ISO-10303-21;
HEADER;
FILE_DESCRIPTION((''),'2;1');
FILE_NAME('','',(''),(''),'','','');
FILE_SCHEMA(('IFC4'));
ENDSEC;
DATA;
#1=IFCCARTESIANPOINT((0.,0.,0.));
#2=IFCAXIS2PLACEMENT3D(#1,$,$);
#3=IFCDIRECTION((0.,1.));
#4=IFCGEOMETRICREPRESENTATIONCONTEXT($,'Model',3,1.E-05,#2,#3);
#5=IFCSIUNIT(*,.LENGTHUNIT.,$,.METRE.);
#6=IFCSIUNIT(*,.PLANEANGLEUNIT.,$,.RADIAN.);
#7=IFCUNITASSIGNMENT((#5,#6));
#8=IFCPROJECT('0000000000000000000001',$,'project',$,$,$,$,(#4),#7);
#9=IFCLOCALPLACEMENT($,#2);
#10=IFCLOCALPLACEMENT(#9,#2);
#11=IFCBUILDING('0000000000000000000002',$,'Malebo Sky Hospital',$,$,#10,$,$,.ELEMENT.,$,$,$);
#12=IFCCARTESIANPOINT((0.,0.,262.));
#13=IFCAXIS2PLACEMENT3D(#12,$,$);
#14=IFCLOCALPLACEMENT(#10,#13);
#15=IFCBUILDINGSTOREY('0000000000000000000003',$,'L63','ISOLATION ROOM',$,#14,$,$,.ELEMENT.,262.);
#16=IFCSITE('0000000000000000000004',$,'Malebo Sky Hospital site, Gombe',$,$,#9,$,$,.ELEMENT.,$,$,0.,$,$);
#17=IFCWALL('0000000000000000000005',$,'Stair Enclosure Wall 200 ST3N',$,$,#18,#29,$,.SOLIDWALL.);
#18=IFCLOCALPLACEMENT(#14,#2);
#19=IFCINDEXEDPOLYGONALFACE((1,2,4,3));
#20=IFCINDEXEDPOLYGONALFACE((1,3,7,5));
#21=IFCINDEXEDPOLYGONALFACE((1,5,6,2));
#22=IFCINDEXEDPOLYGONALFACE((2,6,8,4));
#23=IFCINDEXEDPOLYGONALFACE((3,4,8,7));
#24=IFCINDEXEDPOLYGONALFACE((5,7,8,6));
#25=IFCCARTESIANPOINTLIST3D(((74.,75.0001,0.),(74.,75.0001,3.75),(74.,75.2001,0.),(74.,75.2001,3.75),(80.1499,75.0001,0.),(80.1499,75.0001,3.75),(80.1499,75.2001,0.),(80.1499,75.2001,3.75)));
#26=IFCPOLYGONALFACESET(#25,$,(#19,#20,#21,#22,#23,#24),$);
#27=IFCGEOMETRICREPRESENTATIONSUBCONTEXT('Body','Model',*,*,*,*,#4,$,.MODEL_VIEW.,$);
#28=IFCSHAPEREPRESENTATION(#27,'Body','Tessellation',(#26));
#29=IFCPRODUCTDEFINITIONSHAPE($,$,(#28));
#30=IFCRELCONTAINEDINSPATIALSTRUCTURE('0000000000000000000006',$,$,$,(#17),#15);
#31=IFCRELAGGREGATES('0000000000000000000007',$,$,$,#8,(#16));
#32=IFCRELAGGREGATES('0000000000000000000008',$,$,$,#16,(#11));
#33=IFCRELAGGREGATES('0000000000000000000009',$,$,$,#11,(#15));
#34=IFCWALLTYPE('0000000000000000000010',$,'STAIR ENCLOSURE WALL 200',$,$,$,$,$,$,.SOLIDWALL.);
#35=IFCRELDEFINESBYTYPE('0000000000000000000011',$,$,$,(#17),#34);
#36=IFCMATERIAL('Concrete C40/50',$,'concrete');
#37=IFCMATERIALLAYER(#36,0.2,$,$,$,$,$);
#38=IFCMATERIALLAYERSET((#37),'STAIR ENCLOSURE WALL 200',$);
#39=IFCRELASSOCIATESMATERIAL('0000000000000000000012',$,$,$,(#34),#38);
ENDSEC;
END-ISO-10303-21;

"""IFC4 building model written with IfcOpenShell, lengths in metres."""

from ifc_helpers import new_model, si_unit, direction, frame, frame_2d, origin, place, context, subcontext, project, spatial, rectangle, extrude, material, layer, layer_set, type_object, element, save


model = new_model("IFC4")

# Units and contexts
model_context = context("Model", 3, precision=1e-05, world=origin(), true_north=direction((0.0, 1.0)))
body_context = subcontext(model_context, "Body", "Model", "MODEL_VIEW")
ifc_project = project(units=[si_unit("LENGTHUNIT", "METRE"), si_unit("PLANEANGLEUNIT", "RADIAN")], contexts=[model_context])

# Site, building, storey
site_placement = place(None, origin())
site = spatial("IfcSite", under=ifc_project, at=site_placement, Name="Malebo Sky Hospital site, Gombe", CompositionType="ELEMENT", RefElevation=0.0)
building_placement = place(site_placement, origin())
building = spatial("IfcBuilding", under=site, at=building_placement, Name="Malebo Sky Hospital", CompositionType="ELEMENT")
storey_placement = place(building_placement, frame((0.0, 0.0, 262.0)))
storey = spatial("IfcBuildingStorey", under=building, at=storey_placement, Name="L63", Description="ISOLATION ROOM", CompositionType="ELEMENT", Elevation=262.0)

# Wall
ifc_material_1 = material(Name="Concrete C40/50", Category="concrete")
ifc_layer_1 = layer(ifc_material_1, 0.2)
ifc_layer_set_1 = layer_set([ifc_layer_1], Name="STAIR ENCLOSURE WALL 200")
wall_type_1 = type_object("IfcWallType", Name="STAIR ENCLOSURE WALL 200", PredefinedType="SOLIDWALL", material=ifc_layer_set_1)
wall_1_placement = place(storey_placement, frame((74.0, 75.1001, 0.0), z_axis=(0.0, 0.0, 1.0), x_axis=(1.0, 0.0, 0.0)))
element("IfcWall", 1, at=wall_1_placement, inside=storey, type_object=wall_type_1, Name="Stair Enclosure Wall 200 ST3N", PredefinedType="SOLIDWALL", context=body_context, shape_type="SweptSolid", body=[
    extrude(rectangle(XDim=6.1499, YDim=0.2, at=frame_2d((3.075, 0.0))), origin(), (0.0, 0.0, 1.0), 3.75),
])

save(model, "model.ifc")
